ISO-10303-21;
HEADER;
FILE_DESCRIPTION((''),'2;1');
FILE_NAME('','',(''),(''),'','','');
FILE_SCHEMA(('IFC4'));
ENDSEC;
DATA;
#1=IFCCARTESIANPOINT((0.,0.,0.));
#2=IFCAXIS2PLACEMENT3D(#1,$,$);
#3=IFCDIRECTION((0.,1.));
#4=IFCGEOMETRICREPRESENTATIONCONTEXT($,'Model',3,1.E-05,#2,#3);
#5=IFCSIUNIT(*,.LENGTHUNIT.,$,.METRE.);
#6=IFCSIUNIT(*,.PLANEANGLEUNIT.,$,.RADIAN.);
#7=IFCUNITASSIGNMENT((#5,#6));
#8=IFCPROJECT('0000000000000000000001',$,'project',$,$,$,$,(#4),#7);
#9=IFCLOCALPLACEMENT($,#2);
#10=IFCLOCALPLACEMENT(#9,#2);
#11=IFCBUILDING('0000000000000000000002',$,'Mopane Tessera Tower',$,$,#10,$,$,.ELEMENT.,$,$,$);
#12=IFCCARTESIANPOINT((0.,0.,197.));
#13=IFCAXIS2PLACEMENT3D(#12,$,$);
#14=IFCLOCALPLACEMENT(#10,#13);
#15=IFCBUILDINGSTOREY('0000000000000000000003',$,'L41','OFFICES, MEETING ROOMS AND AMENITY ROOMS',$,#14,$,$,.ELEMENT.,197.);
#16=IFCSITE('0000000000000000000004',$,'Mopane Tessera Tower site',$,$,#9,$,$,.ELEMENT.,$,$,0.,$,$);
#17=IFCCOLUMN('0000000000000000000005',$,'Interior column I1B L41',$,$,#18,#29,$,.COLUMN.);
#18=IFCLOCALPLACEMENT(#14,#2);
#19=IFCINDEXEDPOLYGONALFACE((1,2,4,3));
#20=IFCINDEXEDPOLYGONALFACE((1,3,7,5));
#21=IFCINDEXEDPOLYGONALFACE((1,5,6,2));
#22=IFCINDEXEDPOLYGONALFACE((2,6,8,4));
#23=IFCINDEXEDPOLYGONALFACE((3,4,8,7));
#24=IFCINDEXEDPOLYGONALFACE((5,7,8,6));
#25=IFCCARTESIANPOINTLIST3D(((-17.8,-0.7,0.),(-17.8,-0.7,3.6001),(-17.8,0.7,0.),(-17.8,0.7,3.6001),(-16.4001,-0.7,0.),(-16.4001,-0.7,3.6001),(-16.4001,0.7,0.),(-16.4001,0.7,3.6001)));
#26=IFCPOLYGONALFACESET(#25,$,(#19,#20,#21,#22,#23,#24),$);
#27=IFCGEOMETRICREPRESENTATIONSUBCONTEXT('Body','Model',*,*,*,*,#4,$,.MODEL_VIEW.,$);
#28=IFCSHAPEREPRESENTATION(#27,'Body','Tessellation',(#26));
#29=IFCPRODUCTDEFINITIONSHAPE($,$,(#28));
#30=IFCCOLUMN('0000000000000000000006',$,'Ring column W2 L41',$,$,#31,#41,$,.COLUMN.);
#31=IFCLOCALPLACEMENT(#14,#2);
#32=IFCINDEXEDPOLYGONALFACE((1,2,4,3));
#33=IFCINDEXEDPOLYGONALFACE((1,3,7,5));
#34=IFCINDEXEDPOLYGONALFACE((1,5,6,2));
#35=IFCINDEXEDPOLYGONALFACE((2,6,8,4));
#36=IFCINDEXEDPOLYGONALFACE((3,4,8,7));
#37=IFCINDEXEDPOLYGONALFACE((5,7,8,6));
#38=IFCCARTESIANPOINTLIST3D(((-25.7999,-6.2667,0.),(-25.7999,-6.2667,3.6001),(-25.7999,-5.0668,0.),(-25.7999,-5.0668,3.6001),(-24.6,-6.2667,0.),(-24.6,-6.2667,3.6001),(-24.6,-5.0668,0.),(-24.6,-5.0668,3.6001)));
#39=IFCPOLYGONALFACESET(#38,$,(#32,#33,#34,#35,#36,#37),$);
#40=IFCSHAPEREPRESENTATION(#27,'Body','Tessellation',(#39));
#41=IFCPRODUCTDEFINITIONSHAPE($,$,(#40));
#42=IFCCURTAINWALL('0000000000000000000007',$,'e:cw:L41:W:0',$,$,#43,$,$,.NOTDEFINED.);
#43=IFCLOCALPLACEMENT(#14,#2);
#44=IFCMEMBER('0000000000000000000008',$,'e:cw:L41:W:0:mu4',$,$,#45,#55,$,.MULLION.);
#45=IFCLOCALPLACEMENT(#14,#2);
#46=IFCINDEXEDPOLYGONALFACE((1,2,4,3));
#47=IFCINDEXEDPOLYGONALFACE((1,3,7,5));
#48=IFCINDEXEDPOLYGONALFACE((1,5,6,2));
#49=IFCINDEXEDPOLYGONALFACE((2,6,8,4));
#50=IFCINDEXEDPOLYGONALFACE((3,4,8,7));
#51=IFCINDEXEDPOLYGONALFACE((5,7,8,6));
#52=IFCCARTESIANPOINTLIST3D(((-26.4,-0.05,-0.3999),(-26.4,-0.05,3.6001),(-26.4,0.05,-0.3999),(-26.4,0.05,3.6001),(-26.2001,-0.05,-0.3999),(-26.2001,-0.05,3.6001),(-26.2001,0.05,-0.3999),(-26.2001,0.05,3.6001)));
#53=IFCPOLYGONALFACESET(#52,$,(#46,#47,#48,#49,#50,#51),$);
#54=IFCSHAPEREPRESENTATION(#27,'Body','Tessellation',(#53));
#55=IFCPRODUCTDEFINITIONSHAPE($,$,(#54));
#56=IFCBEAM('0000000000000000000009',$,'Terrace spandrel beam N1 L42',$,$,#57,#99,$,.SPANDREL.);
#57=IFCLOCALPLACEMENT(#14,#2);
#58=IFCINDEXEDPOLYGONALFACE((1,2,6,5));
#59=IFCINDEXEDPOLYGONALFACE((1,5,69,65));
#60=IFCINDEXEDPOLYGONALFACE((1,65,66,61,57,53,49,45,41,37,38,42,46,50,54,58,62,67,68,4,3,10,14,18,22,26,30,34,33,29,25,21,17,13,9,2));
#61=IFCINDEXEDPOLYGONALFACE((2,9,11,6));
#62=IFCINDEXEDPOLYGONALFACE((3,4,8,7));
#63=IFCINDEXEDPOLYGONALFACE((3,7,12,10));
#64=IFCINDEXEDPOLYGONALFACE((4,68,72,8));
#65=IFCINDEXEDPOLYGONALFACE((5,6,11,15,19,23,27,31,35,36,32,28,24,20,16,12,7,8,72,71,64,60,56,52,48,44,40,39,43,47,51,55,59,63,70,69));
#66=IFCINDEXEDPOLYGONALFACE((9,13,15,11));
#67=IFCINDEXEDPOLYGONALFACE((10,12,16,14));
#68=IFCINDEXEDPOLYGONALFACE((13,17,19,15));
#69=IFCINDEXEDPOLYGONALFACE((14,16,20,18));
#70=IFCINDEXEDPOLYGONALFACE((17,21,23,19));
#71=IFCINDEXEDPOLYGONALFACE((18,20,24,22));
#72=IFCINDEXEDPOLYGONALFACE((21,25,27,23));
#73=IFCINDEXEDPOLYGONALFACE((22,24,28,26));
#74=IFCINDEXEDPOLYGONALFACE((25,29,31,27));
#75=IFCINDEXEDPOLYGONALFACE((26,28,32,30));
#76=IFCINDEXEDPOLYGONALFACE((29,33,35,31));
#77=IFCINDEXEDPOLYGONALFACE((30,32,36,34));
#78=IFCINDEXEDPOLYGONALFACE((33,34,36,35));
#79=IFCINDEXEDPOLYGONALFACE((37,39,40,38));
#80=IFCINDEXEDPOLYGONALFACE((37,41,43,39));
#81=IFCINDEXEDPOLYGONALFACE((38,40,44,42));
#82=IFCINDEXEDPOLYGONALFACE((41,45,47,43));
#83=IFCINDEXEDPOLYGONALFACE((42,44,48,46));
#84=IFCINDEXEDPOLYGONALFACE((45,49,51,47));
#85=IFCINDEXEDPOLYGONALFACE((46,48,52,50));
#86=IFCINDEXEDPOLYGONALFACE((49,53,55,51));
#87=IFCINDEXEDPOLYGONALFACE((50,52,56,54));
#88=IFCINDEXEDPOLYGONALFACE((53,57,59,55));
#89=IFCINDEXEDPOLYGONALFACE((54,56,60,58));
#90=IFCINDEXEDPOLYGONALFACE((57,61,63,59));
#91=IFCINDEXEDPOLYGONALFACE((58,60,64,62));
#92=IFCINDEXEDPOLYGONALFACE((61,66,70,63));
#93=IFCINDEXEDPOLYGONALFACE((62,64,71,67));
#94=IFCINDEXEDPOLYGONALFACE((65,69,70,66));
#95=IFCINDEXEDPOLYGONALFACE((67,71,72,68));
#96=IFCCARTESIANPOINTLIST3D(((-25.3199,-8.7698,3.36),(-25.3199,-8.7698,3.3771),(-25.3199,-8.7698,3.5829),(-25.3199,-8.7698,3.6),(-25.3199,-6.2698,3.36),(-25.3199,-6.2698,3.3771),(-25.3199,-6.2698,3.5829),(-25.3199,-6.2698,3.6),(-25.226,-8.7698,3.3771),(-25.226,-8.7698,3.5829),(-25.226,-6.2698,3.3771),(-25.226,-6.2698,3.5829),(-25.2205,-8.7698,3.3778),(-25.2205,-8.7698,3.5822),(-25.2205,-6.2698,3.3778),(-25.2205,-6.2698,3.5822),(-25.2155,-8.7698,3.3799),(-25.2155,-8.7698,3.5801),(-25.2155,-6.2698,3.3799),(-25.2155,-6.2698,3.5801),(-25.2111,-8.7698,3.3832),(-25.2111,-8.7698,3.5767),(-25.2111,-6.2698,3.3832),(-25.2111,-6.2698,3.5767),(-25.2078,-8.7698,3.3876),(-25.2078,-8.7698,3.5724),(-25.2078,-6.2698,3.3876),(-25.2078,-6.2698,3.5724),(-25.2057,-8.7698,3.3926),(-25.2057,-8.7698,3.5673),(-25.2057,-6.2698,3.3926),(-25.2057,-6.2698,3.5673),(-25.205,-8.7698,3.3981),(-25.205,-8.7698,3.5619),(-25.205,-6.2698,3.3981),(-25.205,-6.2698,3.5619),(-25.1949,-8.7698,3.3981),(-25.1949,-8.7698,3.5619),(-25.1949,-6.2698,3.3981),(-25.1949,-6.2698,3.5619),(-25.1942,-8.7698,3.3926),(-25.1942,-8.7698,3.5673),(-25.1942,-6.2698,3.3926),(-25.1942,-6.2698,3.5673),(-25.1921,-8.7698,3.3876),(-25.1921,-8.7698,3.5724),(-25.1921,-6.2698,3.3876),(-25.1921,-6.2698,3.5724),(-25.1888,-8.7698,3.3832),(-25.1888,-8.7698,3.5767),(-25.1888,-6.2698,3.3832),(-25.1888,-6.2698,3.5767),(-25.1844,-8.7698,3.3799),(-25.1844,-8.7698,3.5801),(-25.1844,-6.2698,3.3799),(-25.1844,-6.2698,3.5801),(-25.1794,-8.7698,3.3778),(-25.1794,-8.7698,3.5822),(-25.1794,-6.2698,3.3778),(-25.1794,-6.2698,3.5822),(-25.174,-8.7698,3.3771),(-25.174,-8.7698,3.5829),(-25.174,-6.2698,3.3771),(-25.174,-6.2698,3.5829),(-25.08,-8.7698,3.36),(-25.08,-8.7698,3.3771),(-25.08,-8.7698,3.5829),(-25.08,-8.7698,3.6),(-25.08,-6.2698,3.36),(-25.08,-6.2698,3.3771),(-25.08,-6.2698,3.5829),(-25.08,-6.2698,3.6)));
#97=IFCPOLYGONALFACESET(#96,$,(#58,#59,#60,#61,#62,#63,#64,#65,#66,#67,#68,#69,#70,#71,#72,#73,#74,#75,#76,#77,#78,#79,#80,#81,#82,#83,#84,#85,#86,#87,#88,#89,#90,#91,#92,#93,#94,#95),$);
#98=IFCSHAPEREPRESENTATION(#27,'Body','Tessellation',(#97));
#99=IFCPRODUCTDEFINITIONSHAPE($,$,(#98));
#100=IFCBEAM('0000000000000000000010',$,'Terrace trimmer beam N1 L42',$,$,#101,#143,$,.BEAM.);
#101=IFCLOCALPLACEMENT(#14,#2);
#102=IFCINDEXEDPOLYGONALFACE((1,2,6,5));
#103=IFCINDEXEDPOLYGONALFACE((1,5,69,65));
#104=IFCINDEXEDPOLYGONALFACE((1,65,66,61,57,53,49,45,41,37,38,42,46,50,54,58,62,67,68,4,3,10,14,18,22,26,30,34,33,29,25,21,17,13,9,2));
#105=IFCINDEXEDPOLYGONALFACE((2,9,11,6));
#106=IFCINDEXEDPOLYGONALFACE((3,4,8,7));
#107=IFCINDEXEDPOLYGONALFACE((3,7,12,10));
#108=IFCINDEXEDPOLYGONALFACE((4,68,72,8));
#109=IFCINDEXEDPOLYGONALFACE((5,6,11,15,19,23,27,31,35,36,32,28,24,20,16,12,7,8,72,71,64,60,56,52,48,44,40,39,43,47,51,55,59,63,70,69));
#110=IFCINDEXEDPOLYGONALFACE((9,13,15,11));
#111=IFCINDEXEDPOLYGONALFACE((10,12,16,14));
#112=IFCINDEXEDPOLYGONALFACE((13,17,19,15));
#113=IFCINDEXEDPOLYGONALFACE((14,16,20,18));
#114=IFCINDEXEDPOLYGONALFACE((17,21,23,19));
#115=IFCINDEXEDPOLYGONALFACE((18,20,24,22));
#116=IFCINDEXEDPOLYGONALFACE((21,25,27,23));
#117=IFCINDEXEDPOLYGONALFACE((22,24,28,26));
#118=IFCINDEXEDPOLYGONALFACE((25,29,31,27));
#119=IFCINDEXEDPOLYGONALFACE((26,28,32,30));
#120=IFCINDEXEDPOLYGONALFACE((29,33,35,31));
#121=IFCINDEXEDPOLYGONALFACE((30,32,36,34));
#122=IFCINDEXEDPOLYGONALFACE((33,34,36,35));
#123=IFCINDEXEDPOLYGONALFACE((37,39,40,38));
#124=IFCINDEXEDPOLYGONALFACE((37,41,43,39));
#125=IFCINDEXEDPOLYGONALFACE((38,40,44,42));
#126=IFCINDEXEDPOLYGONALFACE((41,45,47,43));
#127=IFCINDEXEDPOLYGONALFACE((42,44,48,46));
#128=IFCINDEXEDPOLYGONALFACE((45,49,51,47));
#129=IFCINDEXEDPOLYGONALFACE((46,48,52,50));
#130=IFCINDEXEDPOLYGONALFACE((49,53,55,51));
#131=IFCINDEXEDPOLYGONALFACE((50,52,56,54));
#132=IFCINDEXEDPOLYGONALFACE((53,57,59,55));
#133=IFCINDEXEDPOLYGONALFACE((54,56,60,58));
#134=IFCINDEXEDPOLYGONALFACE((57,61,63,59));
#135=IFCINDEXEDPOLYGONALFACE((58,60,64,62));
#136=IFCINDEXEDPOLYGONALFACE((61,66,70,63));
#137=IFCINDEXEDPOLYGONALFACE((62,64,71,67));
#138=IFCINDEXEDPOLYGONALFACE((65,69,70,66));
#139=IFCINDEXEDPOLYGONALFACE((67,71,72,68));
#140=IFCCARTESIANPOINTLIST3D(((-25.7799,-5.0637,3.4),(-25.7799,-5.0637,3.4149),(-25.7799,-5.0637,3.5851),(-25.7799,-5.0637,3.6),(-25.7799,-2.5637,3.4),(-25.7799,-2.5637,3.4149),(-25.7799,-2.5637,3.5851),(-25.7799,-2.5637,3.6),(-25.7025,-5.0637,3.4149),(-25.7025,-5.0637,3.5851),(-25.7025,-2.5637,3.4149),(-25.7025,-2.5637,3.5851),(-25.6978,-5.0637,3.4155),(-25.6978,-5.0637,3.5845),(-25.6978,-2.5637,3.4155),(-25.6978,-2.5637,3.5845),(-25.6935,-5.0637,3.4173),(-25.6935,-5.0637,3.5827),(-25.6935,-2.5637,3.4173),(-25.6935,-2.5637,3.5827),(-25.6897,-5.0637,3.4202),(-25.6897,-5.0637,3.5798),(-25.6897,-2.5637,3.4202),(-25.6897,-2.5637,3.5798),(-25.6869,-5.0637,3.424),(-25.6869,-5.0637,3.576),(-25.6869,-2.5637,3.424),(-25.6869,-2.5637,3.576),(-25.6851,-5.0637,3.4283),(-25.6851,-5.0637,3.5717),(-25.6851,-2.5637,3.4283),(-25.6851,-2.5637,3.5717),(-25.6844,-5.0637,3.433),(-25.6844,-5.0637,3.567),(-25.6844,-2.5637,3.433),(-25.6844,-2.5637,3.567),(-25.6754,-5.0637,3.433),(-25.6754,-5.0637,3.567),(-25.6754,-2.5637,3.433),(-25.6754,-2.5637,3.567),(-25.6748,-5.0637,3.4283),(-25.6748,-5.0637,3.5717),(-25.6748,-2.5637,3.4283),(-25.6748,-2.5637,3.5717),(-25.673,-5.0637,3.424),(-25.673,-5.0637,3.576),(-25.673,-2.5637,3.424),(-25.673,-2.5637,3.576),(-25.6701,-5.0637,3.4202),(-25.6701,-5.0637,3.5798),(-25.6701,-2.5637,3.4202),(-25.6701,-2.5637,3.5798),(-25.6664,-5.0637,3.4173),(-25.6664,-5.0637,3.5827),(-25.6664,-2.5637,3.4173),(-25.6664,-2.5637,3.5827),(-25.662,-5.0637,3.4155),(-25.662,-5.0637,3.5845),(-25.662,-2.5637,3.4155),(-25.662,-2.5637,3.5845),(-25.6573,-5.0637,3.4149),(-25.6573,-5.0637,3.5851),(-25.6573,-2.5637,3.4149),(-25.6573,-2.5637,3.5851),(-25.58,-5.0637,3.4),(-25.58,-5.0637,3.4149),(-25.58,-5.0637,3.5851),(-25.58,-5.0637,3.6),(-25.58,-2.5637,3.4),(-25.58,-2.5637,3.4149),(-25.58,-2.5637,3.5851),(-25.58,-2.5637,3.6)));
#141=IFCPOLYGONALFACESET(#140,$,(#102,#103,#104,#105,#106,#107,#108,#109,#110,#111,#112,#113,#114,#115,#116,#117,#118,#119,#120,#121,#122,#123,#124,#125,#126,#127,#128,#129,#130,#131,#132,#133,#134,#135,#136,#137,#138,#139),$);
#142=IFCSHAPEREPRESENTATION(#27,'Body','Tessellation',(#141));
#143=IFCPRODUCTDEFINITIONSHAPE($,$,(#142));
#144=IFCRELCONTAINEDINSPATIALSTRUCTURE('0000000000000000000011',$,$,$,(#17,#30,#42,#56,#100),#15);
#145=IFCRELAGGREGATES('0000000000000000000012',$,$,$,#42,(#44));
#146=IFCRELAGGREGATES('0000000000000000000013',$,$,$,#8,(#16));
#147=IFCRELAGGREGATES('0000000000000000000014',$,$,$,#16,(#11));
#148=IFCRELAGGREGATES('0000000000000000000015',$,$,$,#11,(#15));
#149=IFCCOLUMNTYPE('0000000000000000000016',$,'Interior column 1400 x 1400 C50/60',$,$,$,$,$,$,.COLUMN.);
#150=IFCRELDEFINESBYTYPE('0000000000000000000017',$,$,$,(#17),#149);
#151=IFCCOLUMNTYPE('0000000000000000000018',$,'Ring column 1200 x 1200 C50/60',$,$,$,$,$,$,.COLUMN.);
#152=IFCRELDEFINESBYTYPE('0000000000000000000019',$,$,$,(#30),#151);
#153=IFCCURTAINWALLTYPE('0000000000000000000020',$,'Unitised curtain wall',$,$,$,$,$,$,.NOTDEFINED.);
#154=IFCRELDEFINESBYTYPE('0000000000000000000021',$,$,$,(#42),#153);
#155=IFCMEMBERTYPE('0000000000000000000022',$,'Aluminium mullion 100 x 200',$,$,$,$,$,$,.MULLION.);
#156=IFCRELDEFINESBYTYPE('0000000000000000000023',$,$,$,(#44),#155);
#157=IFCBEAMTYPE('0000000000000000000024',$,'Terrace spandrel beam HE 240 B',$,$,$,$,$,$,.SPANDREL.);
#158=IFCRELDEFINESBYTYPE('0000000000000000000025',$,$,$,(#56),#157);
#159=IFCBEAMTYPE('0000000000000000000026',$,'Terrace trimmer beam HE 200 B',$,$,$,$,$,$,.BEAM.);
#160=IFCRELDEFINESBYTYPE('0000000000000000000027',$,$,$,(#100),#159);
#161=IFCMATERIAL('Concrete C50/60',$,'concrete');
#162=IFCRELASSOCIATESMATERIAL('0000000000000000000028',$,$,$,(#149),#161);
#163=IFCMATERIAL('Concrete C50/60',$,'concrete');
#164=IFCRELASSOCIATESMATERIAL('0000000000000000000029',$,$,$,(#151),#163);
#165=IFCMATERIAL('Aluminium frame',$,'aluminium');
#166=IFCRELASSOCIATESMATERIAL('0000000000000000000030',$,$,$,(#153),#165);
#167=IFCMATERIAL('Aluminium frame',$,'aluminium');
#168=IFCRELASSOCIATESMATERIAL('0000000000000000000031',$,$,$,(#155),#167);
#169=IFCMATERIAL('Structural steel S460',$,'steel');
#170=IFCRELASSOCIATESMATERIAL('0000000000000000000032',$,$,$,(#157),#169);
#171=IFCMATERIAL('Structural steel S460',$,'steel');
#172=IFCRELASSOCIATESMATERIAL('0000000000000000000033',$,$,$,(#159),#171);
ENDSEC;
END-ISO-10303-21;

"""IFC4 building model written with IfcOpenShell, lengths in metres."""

from ifc_helpers import new_model, si_unit, direction, frame, origin, origin_2d, place, context, subcontext, project, spatial, rectangle, i_section, extrude, material, material_profile, profile_set, type_object, element, aggregate, save


model = new_model("IFC4")

# Units and contexts
model_context = context("Model", 3, precision=1e-05, world=origin(), true_north=direction((0.0, 1.0)))
body_context = subcontext(model_context, "Body", "Model", "MODEL_VIEW")
ifc_project = project(units=[si_unit("LENGTHUNIT", "METRE"), si_unit("PLANEANGLEUNIT", "RADIAN")], contexts=[model_context])

# Site, building, storey
site_placement = place(None, origin())
site = spatial("IfcSite", under=ifc_project, at=site_placement, Name="Mopane Tessera Tower site", CompositionType="ELEMENT", RefElevation=0.0)
building_placement = place(site_placement, origin())
building = spatial("IfcBuilding", under=site, at=building_placement, Name="Mopane Tessera Tower", CompositionType="ELEMENT")
storey_placement = place(building_placement, frame((0.0, 0.0, 197.0)))
storey = spatial("IfcBuildingStorey", under=building, at=storey_placement, Name="L41", Description="OFFICES, MEETING ROOMS AND AMENITY ROOMS", CompositionType="ELEMENT", Elevation=197.0)

# Columns
ifc_material_1 = material(Name="Concrete C50/60", Category="concrete")
ifc_material_profile_1 = material_profile(ifc_material_1, rectangle(XDim=1.3999, YDim=1.3999, at=origin_2d()))
ifc_profile_set_1 = profile_set([ifc_material_profile_1], Name="Concrete C50/60")
column_type_1 = type_object("IfcColumnType", Name="Interior column 1400 x 1400 C50/60", PredefinedType="COLUMN", material=ifc_profile_set_1)
column_1_placement = place(storey_placement, frame((-17.1001, 0.0, 0.0), z_axis=(0.0, 0.0, 1.0), x_axis=(1.0, 0.0, 0.0)))
element("IfcColumn", 1, at=column_1_placement, inside=storey, type_object=column_type_1, Name="Interior column I1B L41", PredefinedType="COLUMN", context=body_context, shape_type="SweptSolid", body=[
    extrude(rectangle(XDim=1.3999, YDim=1.3999, at=origin_2d()), origin(), (0.0, 0.0, 1.0), 3.6001),
])
ifc_material_2 = material(Name="Concrete C50/60", Category="concrete")
ifc_material_profile_2 = material_profile(ifc_material_2, rectangle(XDim=1.2, YDim=1.2, at=origin_2d()))
ifc_profile_set_2 = profile_set([ifc_material_profile_2], Name="Concrete C50/60")
column_type_2 = type_object("IfcColumnType", Name="Ring column 1200 x 1200 C50/60", PredefinedType="COLUMN", material=ifc_profile_set_2)
column_2_placement = place(storey_placement, frame((-25.2, -5.6667, 0.0), z_axis=(0.0, 0.0, 1.0), x_axis=(1.0, 0.0, 0.0)))
element("IfcColumn", 2, at=column_2_placement, inside=storey, type_object=column_type_2, Name="Ring column W2 L41", PredefinedType="COLUMN", context=body_context, shape_type="SweptSolid", body=[
    extrude(rectangle(XDim=1.2, YDim=1.2, at=origin_2d()), origin(), (0.0, 0.0, 1.0), 3.6001),
])

# Curtain wall, member
ifc_material_3 = material(Name="Aluminium frame", Category="aluminium")
curtain_wall_type = type_object("IfcCurtainWallType", Name="Unitised curtain wall", PredefinedType="NOTDEFINED", material=ifc_material_3)
curtain_wall_placement = place(storey_placement, origin())
curtain_wall = element("IfcCurtainWall", 3, at=curtain_wall_placement, inside=storey, type_object=curtain_wall_type, Name="e:cw:L41:W:0", PredefinedType="NOTDEFINED")
ifc_material_4 = material(Name="Aluminium frame", Category="aluminium")
ifc_material_profile_3 = material_profile(ifc_material_4, rectangle(XDim=0.1001, YDim=0.2, at=origin_2d()))
ifc_profile_set_3 = profile_set([ifc_material_profile_3], Name="Aluminium frame")
member_type = type_object("IfcMemberType", Name="Aluminium mullion 100 x 200", PredefinedType="MULLION", material=ifc_profile_set_3)
member_placement = place(storey_placement, frame((-26.3, 0.0, -0.3999), z_axis=(0.0, 0.0, 1.0), x_axis=(0.0, -1.0, 0.0)))
member = element("IfcMember", 4, at=member_placement, type_object=member_type, Name="e:cw:L41:W:0:mu4", PredefinedType="MULLION", context=body_context, shape_type="SweptSolid", body=[
    extrude(rectangle(XDim=0.1001, YDim=0.2, at=origin_2d()), origin(), (0.0, 0.0, 1.0), 4.0),
])
aggregate(curtain_wall, [member])

# Beams
ifc_material_5 = material(Name="Structural steel S460", Category="steel")
ifc_material_profile_4 = material_profile(ifc_material_5, i_section(OverallWidth=0.24, OverallDepth=0.24, WebThickness=0.01, FlangeThickness=0.0171, FilletRadius=0.021, at=origin_2d()))
ifc_profile_set_4 = profile_set([ifc_material_profile_4], Name="Structural steel S460")
beam_type_1 = type_object("IfcBeamType", Name="Terrace spandrel beam HE 240 B", PredefinedType="SPANDREL", material=ifc_profile_set_4)
beam_1_placement = place(storey_placement, frame((-25.2, -6.2698, 3.48), z_axis=(0.0, -1.0, 0.0), x_axis=(1.0, 0.0, 0.0)))
element("IfcBeam", 5, at=beam_1_placement, inside=storey, type_object=beam_type_1, Name="Terrace spandrel beam N1 L42", PredefinedType="SPANDREL", context=body_context, shape_type="SweptSolid", body=[
    extrude(i_section(OverallWidth=0.24, OverallDepth=0.24, WebThickness=0.01, FlangeThickness=0.0171, FilletRadius=0.021, at=origin_2d()), origin(), (0.0, 0.0, 1.0), 2.5),
])
ifc_material_6 = material(Name="Structural steel S460", Category="steel")
ifc_material_profile_5 = material_profile(ifc_material_6, i_section(OverallWidth=0.2, OverallDepth=0.2, WebThickness=0.009, FlangeThickness=0.0149, FilletRadius=0.0181, at=origin_2d()))
ifc_profile_set_5 = profile_set([ifc_material_profile_5], Name="Structural steel S460")
beam_type_2 = type_object("IfcBeamType", Name="Terrace trimmer beam HE 200 B", PredefinedType="BEAM", material=ifc_profile_set_5)
beam_2_placement = place(storey_placement, frame((-25.6799, -5.0637, 3.5), z_axis=(0.0, 1.0, 0.0), x_axis=(-1.0, 0.0, 0.0)))
element("IfcBeam", 6, at=beam_2_placement, inside=storey, type_object=beam_type_2, Name="Terrace trimmer beam N1 L42", PredefinedType="BEAM", context=body_context, shape_type="SweptSolid", body=[
    extrude(i_section(OverallWidth=0.2, OverallDepth=0.2, WebThickness=0.009, FlangeThickness=0.0149, FilletRadius=0.0181, at=origin_2d()), origin(), (0.0, 0.0, 1.0), 2.5),
])

save(model, "model.ifc")
